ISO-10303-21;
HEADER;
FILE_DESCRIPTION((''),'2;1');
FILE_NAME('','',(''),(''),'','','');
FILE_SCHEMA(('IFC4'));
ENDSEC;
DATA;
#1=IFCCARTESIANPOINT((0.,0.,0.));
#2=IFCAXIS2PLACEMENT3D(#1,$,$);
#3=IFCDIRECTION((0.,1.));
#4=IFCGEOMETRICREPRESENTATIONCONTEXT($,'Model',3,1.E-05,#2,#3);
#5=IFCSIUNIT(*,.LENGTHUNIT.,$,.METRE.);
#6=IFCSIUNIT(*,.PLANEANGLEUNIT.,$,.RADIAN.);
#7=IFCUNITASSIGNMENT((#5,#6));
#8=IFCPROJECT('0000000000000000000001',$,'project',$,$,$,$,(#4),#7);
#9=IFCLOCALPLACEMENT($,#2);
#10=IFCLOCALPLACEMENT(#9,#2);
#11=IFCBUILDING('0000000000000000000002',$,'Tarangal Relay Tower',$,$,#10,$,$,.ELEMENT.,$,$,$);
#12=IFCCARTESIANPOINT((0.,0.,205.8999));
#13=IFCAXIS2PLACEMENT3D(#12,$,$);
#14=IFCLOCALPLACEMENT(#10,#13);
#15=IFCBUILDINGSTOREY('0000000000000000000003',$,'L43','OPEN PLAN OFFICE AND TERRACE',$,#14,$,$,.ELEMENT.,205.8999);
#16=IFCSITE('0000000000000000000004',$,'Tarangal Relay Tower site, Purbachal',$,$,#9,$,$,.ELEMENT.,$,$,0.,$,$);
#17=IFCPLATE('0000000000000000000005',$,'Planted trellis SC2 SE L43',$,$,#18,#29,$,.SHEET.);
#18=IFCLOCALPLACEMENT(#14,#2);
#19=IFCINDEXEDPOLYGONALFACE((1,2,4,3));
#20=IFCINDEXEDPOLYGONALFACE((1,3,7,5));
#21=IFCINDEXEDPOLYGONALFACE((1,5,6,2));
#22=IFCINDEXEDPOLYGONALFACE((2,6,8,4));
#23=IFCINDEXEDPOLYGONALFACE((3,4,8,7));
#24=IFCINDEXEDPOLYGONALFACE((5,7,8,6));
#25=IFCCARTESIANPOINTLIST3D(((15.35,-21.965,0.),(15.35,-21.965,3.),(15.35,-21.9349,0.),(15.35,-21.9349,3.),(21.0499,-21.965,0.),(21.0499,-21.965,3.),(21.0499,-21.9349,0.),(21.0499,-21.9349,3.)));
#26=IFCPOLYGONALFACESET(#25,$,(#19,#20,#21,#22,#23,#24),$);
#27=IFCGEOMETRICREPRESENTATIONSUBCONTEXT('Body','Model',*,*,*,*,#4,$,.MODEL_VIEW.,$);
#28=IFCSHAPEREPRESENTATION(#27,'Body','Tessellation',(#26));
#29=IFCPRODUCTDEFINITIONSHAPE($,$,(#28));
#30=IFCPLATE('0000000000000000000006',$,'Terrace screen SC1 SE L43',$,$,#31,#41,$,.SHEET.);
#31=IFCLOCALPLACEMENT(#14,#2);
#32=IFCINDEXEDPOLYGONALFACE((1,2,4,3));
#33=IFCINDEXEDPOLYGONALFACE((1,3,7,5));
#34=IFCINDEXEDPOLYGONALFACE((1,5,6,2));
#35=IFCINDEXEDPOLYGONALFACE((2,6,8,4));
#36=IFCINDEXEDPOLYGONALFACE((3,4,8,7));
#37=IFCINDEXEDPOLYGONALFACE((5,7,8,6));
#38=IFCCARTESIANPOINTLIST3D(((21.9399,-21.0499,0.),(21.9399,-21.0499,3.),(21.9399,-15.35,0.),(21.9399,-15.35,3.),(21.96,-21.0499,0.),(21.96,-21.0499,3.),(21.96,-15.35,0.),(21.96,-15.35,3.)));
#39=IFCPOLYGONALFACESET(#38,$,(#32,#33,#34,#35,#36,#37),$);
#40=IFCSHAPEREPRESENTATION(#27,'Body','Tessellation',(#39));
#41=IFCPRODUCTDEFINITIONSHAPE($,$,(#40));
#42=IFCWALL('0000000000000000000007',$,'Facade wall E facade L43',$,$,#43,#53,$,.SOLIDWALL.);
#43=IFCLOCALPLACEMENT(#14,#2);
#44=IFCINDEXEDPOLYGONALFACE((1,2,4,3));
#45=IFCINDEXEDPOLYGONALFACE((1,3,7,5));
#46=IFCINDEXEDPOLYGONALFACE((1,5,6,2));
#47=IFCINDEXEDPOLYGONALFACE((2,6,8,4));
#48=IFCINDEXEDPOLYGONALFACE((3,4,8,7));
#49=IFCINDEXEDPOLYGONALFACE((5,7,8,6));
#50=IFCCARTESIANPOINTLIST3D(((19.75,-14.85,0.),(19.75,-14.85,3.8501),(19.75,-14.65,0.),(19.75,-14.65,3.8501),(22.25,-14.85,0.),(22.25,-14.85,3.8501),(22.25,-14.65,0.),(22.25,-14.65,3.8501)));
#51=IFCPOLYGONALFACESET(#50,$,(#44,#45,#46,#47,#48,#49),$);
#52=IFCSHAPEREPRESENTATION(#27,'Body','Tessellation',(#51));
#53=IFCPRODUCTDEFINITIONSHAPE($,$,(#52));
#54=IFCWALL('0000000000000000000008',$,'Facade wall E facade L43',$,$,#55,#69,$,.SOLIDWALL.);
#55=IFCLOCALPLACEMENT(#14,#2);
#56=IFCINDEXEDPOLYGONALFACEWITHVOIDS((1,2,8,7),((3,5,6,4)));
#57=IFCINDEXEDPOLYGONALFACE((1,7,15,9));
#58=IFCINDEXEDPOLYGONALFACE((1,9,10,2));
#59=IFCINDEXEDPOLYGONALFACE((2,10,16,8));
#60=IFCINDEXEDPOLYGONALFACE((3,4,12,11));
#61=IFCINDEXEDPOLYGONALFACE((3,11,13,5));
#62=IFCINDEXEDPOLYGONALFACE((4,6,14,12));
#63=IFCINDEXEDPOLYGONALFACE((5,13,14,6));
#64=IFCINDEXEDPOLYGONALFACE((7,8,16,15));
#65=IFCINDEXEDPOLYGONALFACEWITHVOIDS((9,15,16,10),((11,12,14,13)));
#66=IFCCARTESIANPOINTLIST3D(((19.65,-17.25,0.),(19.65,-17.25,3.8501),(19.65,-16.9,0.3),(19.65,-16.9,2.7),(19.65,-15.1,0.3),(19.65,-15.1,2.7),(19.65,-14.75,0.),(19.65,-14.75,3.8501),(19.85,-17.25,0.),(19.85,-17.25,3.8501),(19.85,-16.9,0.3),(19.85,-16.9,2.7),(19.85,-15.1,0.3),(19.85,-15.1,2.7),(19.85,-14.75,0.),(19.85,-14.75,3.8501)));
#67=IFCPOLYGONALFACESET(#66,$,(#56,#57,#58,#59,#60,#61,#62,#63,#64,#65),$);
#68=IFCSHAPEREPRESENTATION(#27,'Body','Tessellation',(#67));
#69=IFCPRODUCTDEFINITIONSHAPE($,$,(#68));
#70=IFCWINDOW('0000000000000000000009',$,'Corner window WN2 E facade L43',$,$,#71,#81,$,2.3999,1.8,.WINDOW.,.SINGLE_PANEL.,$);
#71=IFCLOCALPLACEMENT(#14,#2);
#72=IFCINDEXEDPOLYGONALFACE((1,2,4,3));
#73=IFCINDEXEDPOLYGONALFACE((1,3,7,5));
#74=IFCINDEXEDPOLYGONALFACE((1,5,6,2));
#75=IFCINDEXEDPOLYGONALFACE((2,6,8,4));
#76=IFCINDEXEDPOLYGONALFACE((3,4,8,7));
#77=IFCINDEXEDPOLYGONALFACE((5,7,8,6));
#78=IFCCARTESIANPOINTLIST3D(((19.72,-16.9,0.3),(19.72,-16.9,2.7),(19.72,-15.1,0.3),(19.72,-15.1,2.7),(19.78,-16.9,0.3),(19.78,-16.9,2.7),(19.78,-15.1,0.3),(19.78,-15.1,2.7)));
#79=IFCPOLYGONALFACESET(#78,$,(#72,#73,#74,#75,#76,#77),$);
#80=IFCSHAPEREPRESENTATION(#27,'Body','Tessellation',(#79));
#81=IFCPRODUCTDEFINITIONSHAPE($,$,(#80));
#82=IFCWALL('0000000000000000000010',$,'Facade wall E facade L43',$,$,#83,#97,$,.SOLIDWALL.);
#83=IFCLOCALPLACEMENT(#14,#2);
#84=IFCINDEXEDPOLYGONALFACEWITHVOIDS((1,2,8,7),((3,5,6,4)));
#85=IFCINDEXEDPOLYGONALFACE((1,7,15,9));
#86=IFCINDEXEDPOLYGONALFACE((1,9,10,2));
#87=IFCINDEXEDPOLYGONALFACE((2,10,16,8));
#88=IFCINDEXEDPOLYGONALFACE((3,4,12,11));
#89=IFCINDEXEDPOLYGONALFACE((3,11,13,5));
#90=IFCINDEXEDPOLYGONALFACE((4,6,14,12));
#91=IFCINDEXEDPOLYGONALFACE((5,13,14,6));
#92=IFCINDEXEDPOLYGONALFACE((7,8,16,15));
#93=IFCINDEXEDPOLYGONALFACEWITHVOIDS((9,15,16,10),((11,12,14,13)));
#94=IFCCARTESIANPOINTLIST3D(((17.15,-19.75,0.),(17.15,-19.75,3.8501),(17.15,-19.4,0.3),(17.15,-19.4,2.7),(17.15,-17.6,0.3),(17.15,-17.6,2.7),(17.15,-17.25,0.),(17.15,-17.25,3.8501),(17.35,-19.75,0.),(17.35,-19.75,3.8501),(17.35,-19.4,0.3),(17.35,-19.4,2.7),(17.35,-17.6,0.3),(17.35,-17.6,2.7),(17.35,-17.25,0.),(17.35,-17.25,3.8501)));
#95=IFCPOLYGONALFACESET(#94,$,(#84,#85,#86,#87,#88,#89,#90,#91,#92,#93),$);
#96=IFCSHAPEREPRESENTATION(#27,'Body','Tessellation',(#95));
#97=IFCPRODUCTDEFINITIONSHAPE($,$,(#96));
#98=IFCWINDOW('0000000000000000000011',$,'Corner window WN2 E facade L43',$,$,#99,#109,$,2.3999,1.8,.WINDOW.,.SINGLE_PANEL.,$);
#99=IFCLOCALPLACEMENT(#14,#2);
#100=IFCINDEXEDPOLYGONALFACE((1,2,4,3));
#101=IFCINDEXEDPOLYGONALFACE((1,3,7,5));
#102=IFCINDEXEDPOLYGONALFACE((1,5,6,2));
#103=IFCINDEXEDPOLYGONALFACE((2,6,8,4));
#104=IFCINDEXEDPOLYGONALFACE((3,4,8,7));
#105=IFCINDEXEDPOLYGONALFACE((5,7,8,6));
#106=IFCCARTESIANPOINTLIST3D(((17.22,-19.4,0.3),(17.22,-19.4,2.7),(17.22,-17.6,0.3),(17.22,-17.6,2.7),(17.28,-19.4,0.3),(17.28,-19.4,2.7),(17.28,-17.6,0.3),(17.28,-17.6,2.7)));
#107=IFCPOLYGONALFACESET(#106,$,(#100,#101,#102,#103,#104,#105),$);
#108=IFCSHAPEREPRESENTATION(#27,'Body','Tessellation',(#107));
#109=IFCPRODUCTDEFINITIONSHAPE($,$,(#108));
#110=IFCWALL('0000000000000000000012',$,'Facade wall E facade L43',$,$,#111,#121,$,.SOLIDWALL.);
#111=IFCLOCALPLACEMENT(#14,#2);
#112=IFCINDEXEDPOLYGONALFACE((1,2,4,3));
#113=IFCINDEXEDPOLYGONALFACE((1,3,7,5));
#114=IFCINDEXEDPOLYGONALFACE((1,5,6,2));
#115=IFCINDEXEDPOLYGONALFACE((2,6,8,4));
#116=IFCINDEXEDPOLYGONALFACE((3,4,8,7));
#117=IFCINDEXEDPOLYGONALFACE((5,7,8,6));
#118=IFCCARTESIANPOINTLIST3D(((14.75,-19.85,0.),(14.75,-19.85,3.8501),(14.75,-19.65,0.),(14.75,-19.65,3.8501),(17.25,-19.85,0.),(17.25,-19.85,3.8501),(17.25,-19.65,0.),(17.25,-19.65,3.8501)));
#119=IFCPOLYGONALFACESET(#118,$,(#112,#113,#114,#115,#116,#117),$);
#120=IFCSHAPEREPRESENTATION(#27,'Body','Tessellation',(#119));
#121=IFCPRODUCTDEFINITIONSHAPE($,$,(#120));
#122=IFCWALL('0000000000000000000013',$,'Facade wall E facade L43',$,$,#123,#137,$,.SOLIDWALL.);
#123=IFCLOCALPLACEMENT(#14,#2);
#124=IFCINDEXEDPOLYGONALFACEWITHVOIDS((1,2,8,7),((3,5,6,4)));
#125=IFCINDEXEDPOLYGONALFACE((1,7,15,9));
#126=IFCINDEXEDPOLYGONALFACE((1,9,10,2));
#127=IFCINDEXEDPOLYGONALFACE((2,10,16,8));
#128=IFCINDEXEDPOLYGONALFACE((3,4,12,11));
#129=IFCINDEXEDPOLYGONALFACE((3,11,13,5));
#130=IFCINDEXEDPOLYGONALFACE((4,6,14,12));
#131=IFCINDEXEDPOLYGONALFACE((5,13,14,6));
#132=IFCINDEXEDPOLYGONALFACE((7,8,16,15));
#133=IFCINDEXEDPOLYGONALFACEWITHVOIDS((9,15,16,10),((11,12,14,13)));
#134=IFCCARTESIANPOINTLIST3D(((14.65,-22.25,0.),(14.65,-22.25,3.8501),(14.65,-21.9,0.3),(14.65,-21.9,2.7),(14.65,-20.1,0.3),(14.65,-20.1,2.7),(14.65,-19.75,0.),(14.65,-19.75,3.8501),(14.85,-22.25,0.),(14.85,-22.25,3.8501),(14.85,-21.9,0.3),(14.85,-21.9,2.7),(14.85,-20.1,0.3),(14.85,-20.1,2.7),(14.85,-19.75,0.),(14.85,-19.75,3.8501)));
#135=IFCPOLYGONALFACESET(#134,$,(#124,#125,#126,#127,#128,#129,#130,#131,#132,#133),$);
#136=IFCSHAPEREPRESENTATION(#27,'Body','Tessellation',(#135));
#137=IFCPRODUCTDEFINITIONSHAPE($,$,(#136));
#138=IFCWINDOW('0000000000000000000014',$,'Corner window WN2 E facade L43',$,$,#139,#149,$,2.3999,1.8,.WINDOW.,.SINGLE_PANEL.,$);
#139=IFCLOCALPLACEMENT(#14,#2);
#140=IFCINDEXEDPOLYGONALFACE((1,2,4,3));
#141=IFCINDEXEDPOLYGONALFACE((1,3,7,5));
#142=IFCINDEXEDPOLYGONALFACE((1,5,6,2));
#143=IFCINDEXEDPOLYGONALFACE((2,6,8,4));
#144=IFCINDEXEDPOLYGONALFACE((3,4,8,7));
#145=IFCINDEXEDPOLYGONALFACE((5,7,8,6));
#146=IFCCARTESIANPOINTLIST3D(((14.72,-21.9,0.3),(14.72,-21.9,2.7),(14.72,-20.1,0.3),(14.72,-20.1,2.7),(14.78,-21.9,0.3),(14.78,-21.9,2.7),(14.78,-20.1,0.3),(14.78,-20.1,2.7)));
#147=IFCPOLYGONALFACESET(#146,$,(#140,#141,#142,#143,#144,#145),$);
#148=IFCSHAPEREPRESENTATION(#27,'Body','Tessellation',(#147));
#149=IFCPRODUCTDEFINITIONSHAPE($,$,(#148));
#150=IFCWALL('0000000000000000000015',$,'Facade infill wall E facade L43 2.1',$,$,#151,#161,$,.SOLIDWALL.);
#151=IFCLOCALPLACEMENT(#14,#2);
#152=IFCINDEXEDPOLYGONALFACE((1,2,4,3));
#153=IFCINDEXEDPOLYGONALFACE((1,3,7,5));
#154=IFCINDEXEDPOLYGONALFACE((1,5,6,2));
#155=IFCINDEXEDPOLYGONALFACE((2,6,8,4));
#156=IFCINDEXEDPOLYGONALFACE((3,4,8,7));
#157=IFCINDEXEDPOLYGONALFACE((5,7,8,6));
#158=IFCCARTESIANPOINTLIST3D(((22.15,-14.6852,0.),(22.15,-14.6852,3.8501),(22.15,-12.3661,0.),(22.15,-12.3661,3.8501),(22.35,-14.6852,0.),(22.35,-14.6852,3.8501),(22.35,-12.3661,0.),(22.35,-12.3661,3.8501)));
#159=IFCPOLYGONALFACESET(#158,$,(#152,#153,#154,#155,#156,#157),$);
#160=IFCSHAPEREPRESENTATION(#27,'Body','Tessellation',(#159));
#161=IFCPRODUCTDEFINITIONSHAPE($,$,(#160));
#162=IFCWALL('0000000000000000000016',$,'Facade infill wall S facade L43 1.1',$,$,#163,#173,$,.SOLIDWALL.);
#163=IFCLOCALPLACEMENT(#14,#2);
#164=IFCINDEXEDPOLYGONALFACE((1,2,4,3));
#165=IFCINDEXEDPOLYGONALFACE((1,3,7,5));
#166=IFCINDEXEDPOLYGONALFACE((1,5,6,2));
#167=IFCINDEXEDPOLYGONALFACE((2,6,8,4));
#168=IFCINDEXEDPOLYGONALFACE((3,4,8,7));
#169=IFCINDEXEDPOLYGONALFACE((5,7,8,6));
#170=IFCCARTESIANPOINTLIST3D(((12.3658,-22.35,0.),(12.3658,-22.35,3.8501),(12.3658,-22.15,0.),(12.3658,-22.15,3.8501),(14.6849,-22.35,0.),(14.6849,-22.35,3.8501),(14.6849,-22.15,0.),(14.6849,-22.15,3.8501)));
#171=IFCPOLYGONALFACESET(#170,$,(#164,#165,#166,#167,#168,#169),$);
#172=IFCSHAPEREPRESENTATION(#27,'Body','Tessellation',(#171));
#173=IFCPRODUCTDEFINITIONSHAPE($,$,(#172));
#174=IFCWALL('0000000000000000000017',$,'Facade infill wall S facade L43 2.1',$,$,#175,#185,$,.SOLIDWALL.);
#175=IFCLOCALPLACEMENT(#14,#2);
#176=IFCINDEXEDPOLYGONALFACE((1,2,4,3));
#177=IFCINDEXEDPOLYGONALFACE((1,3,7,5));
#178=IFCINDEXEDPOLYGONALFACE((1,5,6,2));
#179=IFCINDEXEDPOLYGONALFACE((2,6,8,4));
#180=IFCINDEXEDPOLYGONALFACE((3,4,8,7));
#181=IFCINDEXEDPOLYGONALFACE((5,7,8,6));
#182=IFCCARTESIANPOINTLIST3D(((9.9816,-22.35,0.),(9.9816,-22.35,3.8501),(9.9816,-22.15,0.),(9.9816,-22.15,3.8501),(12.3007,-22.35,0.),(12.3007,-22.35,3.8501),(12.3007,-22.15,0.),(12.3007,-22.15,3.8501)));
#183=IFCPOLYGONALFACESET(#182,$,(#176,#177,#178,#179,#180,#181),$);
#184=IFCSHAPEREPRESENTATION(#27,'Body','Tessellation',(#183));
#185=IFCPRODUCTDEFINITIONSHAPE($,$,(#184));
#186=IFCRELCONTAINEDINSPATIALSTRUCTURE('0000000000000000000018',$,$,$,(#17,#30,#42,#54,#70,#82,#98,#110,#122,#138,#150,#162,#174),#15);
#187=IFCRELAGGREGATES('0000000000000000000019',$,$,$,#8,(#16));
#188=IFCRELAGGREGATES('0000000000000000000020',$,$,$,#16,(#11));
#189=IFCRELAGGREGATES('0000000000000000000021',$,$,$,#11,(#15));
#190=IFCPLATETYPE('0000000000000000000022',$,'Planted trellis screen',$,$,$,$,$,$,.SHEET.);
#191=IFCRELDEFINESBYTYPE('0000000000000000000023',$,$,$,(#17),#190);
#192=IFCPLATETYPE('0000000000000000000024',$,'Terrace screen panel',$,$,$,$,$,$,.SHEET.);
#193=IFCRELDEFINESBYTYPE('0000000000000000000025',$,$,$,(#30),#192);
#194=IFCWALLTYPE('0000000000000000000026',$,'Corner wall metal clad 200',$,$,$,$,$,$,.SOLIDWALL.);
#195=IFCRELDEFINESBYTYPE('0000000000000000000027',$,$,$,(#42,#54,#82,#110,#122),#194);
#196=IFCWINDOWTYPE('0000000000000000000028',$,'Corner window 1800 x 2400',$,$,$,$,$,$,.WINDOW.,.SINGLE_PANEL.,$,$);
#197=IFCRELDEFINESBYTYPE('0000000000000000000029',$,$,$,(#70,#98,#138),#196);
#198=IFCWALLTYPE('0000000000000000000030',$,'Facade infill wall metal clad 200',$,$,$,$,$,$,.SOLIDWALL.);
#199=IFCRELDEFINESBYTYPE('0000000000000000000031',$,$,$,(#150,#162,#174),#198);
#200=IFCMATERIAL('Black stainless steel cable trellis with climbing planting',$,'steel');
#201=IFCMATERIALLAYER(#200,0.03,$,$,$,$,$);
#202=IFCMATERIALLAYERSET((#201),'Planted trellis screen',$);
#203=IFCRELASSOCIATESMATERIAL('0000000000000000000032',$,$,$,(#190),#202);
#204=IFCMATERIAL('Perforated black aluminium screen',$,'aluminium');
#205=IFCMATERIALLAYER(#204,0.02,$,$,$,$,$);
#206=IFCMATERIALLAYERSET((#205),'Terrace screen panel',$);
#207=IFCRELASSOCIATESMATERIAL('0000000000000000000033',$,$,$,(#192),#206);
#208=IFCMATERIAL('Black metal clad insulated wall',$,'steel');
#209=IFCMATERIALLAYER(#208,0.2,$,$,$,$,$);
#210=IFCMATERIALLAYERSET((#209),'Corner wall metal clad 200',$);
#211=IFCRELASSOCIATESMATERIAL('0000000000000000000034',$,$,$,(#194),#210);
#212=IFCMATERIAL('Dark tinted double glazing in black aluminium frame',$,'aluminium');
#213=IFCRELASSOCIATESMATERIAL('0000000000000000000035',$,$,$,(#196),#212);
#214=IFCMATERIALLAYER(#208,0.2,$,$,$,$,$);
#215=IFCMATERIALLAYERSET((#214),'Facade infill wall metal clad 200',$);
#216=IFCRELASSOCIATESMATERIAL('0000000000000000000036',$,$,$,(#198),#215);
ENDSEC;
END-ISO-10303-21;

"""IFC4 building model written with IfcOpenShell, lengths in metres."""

from ifc_helpers import new_model, si_unit, direction, frame, frame_2d, origin, origin_2d, place, context, subcontext, project, spatial, rectangle, extrude, material, layer, layer_set, type_object, element, fill, save


model = new_model("IFC4")

# Units and contexts
model_context = context("Model", 3, precision=1e-05, world=origin(), true_north=direction((0.0, 1.0)))
body_context = subcontext(model_context, "Body", "Model", "MODEL_VIEW")
ifc_project = project(units=[si_unit("LENGTHUNIT", "METRE"), si_unit("PLANEANGLEUNIT", "RADIAN")], contexts=[model_context])

# Site, building, storey
site_placement = place(None, origin())
site = spatial("IfcSite", under=ifc_project, at=site_placement, Name="Tarangal Relay Tower site, Purbachal", CompositionType="ELEMENT", RefElevation=0.0)
building_placement = place(site_placement, origin())
building = spatial("IfcBuilding", under=site, at=building_placement, Name="Tarangal Relay Tower", CompositionType="ELEMENT")
storey_placement = place(building_placement, frame((0.0, 0.0, 205.8999)))
storey = spatial("IfcBuildingStorey", under=building, at=storey_placement, Name="L43", Description="OPEN PLAN OFFICE AND TERRACE", CompositionType="ELEMENT", Elevation=205.8999)

# Plates
ifc_material_1 = material(Name="Black stainless steel cable trellis with climbing planting", Category="steel")
ifc_layer_1 = layer(ifc_material_1, 0.03)
ifc_layer_set_1 = layer_set([ifc_layer_1], Name="Planted trellis screen")
plate_type_1 = type_object("IfcPlateType", Name="Planted trellis screen", PredefinedType="SHEET", material=ifc_layer_set_1)
plate_1_placement = place(storey_placement, frame((18.2, -21.95, 0.0), z_axis=(0.0, 0.0, 1.0), x_axis=(-1.0, 0.0, 0.0)))
element("IfcPlate", 1, at=plate_1_placement, inside=storey, type_object=plate_type_1, Name="Planted trellis SC2 SE L43", PredefinedType="SHEET", context=body_context, shape_type="SweptSolid", body=[
    extrude(rectangle(XDim=5.7, YDim=0.03, at=origin_2d()), origin(), (0.0, 0.0, 1.0), 3.0),
])
ifc_material_2 = material(Name="Perforated black aluminium screen", Category="aluminium")
ifc_layer_2 = layer(ifc_material_2, 0.02)
ifc_layer_set_2 = layer_set([ifc_layer_2], Name="Terrace screen panel")
plate_type_2 = type_object("IfcPlateType", Name="Terrace screen panel", PredefinedType="SHEET", material=ifc_layer_set_2)
plate_2_placement = place(storey_placement, frame((21.95, -18.2, 0.0), z_axis=(0.0, 0.0, 1.0), x_axis=(0.0, -1.0, 0.0)))
element("IfcPlate", 2, at=plate_2_placement, inside=storey, type_object=plate_type_2, Name="Terrace screen SC1 SE L43", PredefinedType="SHEET", context=body_context, shape_type="SweptSolid", body=[
    extrude(rectangle(XDim=5.7, YDim=0.02, at=origin_2d()), origin(), (0.0, 0.0, 1.0), 3.0),
])

# Wall
ifc_material_3 = material(Name="Black metal clad insulated wall", Category="steel")
ifc_layer_3 = layer(ifc_material_3, 0.2)
ifc_layer_set_3 = layer_set([ifc_layer_3], Name="Corner wall metal clad 200")
wall_type_1 = type_object("IfcWallType", Name="Corner wall metal clad 200", PredefinedType="SOLIDWALL", material=ifc_layer_set_3)
wall_1_placement = place(storey_placement, frame((22.25, -14.75, 0.0), z_axis=(0.0, 0.0, 1.0), x_axis=(-1.0, 0.0, 0.0)))
element("IfcWall", 3, at=wall_1_placement, inside=storey, type_object=wall_type_1, Name="Facade wall E facade L43", PredefinedType="SOLIDWALL", context=body_context, shape_type="SweptSolid", body=[
    extrude(rectangle(XDim=2.5, YDim=0.2, at=frame_2d((1.25, 0.0))), origin(), (0.0, 0.0, 1.0), 3.8501),
])

# Wall, opening, window
wall_2_placement = place(storey_placement, frame((19.75, -14.75, 0.0), z_axis=(0.0, 0.0, 1.0), x_axis=(0.0, -1.0, 0.0)))
wall_2 = element("IfcWall", 4, at=wall_2_placement, inside=storey, type_object=wall_type_1, Name="Facade wall E facade L43", PredefinedType="SOLIDWALL", context=body_context, shape_type="SweptSolid", body=[
    extrude(rectangle(XDim=2.5, YDim=0.2, at=frame_2d((1.25, 0.0))), origin(), (0.0, 0.0, 1.0), 3.8501),
])
opening_1_placement = place(wall_2_placement, frame((0.3501, 0.0, 0.3)))
opening_1 = element("IfcOpeningElement", 5, at=opening_1_placement, cuts=wall_2, PredefinedType="OPENING", context=body_context, shape_type="SweptSolid", body=[
    extrude(rectangle(XDim=1.8, YDim=2.3999, at=frame_2d((0.8999, 1.2))), frame((0.0, 0.1099, 0.0), z_axis=(0.0, -1.0, 0.0), x_axis=(1.0, 0.0, 0.0)), (0.0, 0.0, 1.0), 0.22),
])
ifc_material_4 = material(Name="Dark tinted double glazing in black aluminium frame", Category="aluminium")
window_type = type_object("IfcWindowType", Name="Corner window 1800 x 2400", PartitioningType="SINGLE_PANEL", PredefinedType="WINDOW", material=ifc_material_4)
window_1_placement = place(opening_1_placement, origin())
window_1 = element("IfcWindow", 6, at=window_1_placement, inside=storey, type_object=window_type, Name="Corner window WN2 E facade L43", OverallHeight=2.3999, OverallWidth=1.8, PartitioningType="SINGLE_PANEL", PredefinedType="WINDOW", context=body_context, shape_type="SweptSolid", body=[
    extrude(rectangle(XDim=1.8, YDim=2.3999, at=frame_2d((0.8999, 1.2))), frame((0.0, 0.03, 0.0), z_axis=(0.0, -1.0, 0.0), x_axis=(1.0, 0.0, 0.0)), (0.0, 0.0, 1.0), 0.0601),
])
fill(opening_1, window_1)

# Wall, opening, window
wall_3_placement = place(storey_placement, frame((17.25, -17.25, 0.0), z_axis=(0.0, 0.0, 1.0), x_axis=(0.0, -1.0, 0.0)))
wall_3 = element("IfcWall", 7, at=wall_3_placement, inside=storey, type_object=wall_type_1, Name="Facade wall E facade L43", PredefinedType="SOLIDWALL", context=body_context, shape_type="SweptSolid", body=[
    extrude(rectangle(XDim=2.5, YDim=0.2, at=frame_2d((1.25, 0.0))), origin(), (0.0, 0.0, 1.0), 3.8501),
])
opening_2_placement = place(wall_3_placement, frame((0.3501, 0.0, 0.3)))
opening_2 = element("IfcOpeningElement", 8, at=opening_2_placement, cuts=wall_3, PredefinedType="OPENING", context=body_context, shape_type="SweptSolid", body=[
    extrude(rectangle(XDim=1.8, YDim=2.3999, at=frame_2d((0.8999, 1.2))), frame((0.0, 0.1099, 0.0), z_axis=(0.0, -1.0, 0.0), x_axis=(1.0, 0.0, 0.0)), (0.0, 0.0, 1.0), 0.22),
])
window_2_placement = place(opening_2_placement, origin())
window_2 = element("IfcWindow", 9, at=window_2_placement, inside=storey, type_object=window_type, Name="Corner window WN2 E facade L43", OverallHeight=2.3999, OverallWidth=1.8, PartitioningType="SINGLE_PANEL", PredefinedType="WINDOW", context=body_context, shape_type="SweptSolid", body=[
    extrude(rectangle(XDim=1.8, YDim=2.3999, at=frame_2d((0.8999, 1.2))), frame((0.0, 0.03, 0.0), z_axis=(0.0, -1.0, 0.0), x_axis=(1.0, 0.0, 0.0)), (0.0, 0.0, 1.0), 0.0601),
])
fill(opening_2, window_2)

# Wall
wall_4_placement = place(storey_placement, frame((17.25, -19.75, 0.0), z_axis=(0.0, 0.0, 1.0), x_axis=(-1.0, 0.0, 0.0)))
element("IfcWall", 10, at=wall_4_placement, inside=storey, type_object=wall_type_1, Name="Facade wall E facade L43", PredefinedType="SOLIDWALL", context=body_context, shape_type="SweptSolid", body=[
    extrude(rectangle(XDim=2.5, YDim=0.2, at=frame_2d((1.25, 0.0))), origin(), (0.0, 0.0, 1.0), 3.8501),
])

# Wall, opening, window
wall_5_placement = place(storey_placement, frame((14.75, -19.75, 0.0), z_axis=(0.0, 0.0, 1.0), x_axis=(0.0, -1.0, 0.0)))
wall_5 = element("IfcWall", 11, at=wall_5_placement, inside=storey, type_object=wall_type_1, Name="Facade wall E facade L43", PredefinedType="SOLIDWALL", context=body_context, shape_type="SweptSolid", body=[
    extrude(rectangle(XDim=2.5, YDim=0.2, at=frame_2d((1.25, 0.0))), origin(), (0.0, 0.0, 1.0), 3.8501),
])
opening_3_placement = place(wall_5_placement, frame((0.3501, 0.0, 0.3)))
opening_3 = element("IfcOpeningElement", 12, at=opening_3_placement, cuts=wall_5, PredefinedType="OPENING", context=body_context, shape_type="SweptSolid", body=[
    extrude(rectangle(XDim=1.8, YDim=2.3999, at=frame_2d((0.8999, 1.2))), frame((0.0, 0.1099, 0.0), z_axis=(0.0, -1.0, 0.0), x_axis=(1.0, 0.0, 0.0)), (0.0, 0.0, 1.0), 0.22),
])
window_3_placement = place(opening_3_placement, origin())
window_3 = element("IfcWindow", 13, at=window_3_placement, inside=storey, type_object=window_type, Name="Corner window WN2 E facade L43", OverallHeight=2.3999, OverallWidth=1.8, PartitioningType="SINGLE_PANEL", PredefinedType="WINDOW", context=body_context, shape_type="SweptSolid", body=[
    extrude(rectangle(XDim=1.8, YDim=2.3999, at=frame_2d((0.8999, 1.2))), frame((0.0, 0.03, 0.0), z_axis=(0.0, -1.0, 0.0), x_axis=(1.0, 0.0, 0.0)), (0.0, 0.0, 1.0), 0.0601),
])
fill(opening_3, window_3)

# Walls
ifc_layer_4 = layer(ifc_material_3, 0.2)
ifc_layer_set_4 = layer_set([ifc_layer_4], Name="Facade infill wall metal clad 200")
wall_type_2 = type_object("IfcWallType", Name="Facade infill wall metal clad 200", PredefinedType="SOLIDWALL", material=ifc_layer_set_4)
for number, where, z_axis, x_axis, name in (
    (14, (22.25, -12.366, 0.0), (0.0, 0.0, 1.0), (0.0, -1.0, 0.0), "Facade infill wall E facade L43 2.1"),
    (15, (14.6851, -22.25, 0.0), (0.0, 0.0, 1.0), (-1.0, 0.0, 0.0), "Facade infill wall S facade L43 1.1"),
    (16, (12.3008, -22.25, 0.0), (0.0, 0.0, 1.0), (-1.0, 0.0, 0.0), "Facade infill wall S facade L43 2.1"),
):
    element("IfcWall", number, at=place(storey_placement, frame(where, z_axis=z_axis, x_axis=x_axis)), inside=storey, type_object=wall_type_2, Name=name, PredefinedType="SOLIDWALL", context=body_context, shape_type="SweptSolid", body=[
        extrude(rectangle(XDim=2.3191, YDim=0.2, at=frame_2d((1.1597, 0.0))), origin(), (0.0, 0.0, 1.0), 3.8501),
    ])

save(model, "model.ifc")
